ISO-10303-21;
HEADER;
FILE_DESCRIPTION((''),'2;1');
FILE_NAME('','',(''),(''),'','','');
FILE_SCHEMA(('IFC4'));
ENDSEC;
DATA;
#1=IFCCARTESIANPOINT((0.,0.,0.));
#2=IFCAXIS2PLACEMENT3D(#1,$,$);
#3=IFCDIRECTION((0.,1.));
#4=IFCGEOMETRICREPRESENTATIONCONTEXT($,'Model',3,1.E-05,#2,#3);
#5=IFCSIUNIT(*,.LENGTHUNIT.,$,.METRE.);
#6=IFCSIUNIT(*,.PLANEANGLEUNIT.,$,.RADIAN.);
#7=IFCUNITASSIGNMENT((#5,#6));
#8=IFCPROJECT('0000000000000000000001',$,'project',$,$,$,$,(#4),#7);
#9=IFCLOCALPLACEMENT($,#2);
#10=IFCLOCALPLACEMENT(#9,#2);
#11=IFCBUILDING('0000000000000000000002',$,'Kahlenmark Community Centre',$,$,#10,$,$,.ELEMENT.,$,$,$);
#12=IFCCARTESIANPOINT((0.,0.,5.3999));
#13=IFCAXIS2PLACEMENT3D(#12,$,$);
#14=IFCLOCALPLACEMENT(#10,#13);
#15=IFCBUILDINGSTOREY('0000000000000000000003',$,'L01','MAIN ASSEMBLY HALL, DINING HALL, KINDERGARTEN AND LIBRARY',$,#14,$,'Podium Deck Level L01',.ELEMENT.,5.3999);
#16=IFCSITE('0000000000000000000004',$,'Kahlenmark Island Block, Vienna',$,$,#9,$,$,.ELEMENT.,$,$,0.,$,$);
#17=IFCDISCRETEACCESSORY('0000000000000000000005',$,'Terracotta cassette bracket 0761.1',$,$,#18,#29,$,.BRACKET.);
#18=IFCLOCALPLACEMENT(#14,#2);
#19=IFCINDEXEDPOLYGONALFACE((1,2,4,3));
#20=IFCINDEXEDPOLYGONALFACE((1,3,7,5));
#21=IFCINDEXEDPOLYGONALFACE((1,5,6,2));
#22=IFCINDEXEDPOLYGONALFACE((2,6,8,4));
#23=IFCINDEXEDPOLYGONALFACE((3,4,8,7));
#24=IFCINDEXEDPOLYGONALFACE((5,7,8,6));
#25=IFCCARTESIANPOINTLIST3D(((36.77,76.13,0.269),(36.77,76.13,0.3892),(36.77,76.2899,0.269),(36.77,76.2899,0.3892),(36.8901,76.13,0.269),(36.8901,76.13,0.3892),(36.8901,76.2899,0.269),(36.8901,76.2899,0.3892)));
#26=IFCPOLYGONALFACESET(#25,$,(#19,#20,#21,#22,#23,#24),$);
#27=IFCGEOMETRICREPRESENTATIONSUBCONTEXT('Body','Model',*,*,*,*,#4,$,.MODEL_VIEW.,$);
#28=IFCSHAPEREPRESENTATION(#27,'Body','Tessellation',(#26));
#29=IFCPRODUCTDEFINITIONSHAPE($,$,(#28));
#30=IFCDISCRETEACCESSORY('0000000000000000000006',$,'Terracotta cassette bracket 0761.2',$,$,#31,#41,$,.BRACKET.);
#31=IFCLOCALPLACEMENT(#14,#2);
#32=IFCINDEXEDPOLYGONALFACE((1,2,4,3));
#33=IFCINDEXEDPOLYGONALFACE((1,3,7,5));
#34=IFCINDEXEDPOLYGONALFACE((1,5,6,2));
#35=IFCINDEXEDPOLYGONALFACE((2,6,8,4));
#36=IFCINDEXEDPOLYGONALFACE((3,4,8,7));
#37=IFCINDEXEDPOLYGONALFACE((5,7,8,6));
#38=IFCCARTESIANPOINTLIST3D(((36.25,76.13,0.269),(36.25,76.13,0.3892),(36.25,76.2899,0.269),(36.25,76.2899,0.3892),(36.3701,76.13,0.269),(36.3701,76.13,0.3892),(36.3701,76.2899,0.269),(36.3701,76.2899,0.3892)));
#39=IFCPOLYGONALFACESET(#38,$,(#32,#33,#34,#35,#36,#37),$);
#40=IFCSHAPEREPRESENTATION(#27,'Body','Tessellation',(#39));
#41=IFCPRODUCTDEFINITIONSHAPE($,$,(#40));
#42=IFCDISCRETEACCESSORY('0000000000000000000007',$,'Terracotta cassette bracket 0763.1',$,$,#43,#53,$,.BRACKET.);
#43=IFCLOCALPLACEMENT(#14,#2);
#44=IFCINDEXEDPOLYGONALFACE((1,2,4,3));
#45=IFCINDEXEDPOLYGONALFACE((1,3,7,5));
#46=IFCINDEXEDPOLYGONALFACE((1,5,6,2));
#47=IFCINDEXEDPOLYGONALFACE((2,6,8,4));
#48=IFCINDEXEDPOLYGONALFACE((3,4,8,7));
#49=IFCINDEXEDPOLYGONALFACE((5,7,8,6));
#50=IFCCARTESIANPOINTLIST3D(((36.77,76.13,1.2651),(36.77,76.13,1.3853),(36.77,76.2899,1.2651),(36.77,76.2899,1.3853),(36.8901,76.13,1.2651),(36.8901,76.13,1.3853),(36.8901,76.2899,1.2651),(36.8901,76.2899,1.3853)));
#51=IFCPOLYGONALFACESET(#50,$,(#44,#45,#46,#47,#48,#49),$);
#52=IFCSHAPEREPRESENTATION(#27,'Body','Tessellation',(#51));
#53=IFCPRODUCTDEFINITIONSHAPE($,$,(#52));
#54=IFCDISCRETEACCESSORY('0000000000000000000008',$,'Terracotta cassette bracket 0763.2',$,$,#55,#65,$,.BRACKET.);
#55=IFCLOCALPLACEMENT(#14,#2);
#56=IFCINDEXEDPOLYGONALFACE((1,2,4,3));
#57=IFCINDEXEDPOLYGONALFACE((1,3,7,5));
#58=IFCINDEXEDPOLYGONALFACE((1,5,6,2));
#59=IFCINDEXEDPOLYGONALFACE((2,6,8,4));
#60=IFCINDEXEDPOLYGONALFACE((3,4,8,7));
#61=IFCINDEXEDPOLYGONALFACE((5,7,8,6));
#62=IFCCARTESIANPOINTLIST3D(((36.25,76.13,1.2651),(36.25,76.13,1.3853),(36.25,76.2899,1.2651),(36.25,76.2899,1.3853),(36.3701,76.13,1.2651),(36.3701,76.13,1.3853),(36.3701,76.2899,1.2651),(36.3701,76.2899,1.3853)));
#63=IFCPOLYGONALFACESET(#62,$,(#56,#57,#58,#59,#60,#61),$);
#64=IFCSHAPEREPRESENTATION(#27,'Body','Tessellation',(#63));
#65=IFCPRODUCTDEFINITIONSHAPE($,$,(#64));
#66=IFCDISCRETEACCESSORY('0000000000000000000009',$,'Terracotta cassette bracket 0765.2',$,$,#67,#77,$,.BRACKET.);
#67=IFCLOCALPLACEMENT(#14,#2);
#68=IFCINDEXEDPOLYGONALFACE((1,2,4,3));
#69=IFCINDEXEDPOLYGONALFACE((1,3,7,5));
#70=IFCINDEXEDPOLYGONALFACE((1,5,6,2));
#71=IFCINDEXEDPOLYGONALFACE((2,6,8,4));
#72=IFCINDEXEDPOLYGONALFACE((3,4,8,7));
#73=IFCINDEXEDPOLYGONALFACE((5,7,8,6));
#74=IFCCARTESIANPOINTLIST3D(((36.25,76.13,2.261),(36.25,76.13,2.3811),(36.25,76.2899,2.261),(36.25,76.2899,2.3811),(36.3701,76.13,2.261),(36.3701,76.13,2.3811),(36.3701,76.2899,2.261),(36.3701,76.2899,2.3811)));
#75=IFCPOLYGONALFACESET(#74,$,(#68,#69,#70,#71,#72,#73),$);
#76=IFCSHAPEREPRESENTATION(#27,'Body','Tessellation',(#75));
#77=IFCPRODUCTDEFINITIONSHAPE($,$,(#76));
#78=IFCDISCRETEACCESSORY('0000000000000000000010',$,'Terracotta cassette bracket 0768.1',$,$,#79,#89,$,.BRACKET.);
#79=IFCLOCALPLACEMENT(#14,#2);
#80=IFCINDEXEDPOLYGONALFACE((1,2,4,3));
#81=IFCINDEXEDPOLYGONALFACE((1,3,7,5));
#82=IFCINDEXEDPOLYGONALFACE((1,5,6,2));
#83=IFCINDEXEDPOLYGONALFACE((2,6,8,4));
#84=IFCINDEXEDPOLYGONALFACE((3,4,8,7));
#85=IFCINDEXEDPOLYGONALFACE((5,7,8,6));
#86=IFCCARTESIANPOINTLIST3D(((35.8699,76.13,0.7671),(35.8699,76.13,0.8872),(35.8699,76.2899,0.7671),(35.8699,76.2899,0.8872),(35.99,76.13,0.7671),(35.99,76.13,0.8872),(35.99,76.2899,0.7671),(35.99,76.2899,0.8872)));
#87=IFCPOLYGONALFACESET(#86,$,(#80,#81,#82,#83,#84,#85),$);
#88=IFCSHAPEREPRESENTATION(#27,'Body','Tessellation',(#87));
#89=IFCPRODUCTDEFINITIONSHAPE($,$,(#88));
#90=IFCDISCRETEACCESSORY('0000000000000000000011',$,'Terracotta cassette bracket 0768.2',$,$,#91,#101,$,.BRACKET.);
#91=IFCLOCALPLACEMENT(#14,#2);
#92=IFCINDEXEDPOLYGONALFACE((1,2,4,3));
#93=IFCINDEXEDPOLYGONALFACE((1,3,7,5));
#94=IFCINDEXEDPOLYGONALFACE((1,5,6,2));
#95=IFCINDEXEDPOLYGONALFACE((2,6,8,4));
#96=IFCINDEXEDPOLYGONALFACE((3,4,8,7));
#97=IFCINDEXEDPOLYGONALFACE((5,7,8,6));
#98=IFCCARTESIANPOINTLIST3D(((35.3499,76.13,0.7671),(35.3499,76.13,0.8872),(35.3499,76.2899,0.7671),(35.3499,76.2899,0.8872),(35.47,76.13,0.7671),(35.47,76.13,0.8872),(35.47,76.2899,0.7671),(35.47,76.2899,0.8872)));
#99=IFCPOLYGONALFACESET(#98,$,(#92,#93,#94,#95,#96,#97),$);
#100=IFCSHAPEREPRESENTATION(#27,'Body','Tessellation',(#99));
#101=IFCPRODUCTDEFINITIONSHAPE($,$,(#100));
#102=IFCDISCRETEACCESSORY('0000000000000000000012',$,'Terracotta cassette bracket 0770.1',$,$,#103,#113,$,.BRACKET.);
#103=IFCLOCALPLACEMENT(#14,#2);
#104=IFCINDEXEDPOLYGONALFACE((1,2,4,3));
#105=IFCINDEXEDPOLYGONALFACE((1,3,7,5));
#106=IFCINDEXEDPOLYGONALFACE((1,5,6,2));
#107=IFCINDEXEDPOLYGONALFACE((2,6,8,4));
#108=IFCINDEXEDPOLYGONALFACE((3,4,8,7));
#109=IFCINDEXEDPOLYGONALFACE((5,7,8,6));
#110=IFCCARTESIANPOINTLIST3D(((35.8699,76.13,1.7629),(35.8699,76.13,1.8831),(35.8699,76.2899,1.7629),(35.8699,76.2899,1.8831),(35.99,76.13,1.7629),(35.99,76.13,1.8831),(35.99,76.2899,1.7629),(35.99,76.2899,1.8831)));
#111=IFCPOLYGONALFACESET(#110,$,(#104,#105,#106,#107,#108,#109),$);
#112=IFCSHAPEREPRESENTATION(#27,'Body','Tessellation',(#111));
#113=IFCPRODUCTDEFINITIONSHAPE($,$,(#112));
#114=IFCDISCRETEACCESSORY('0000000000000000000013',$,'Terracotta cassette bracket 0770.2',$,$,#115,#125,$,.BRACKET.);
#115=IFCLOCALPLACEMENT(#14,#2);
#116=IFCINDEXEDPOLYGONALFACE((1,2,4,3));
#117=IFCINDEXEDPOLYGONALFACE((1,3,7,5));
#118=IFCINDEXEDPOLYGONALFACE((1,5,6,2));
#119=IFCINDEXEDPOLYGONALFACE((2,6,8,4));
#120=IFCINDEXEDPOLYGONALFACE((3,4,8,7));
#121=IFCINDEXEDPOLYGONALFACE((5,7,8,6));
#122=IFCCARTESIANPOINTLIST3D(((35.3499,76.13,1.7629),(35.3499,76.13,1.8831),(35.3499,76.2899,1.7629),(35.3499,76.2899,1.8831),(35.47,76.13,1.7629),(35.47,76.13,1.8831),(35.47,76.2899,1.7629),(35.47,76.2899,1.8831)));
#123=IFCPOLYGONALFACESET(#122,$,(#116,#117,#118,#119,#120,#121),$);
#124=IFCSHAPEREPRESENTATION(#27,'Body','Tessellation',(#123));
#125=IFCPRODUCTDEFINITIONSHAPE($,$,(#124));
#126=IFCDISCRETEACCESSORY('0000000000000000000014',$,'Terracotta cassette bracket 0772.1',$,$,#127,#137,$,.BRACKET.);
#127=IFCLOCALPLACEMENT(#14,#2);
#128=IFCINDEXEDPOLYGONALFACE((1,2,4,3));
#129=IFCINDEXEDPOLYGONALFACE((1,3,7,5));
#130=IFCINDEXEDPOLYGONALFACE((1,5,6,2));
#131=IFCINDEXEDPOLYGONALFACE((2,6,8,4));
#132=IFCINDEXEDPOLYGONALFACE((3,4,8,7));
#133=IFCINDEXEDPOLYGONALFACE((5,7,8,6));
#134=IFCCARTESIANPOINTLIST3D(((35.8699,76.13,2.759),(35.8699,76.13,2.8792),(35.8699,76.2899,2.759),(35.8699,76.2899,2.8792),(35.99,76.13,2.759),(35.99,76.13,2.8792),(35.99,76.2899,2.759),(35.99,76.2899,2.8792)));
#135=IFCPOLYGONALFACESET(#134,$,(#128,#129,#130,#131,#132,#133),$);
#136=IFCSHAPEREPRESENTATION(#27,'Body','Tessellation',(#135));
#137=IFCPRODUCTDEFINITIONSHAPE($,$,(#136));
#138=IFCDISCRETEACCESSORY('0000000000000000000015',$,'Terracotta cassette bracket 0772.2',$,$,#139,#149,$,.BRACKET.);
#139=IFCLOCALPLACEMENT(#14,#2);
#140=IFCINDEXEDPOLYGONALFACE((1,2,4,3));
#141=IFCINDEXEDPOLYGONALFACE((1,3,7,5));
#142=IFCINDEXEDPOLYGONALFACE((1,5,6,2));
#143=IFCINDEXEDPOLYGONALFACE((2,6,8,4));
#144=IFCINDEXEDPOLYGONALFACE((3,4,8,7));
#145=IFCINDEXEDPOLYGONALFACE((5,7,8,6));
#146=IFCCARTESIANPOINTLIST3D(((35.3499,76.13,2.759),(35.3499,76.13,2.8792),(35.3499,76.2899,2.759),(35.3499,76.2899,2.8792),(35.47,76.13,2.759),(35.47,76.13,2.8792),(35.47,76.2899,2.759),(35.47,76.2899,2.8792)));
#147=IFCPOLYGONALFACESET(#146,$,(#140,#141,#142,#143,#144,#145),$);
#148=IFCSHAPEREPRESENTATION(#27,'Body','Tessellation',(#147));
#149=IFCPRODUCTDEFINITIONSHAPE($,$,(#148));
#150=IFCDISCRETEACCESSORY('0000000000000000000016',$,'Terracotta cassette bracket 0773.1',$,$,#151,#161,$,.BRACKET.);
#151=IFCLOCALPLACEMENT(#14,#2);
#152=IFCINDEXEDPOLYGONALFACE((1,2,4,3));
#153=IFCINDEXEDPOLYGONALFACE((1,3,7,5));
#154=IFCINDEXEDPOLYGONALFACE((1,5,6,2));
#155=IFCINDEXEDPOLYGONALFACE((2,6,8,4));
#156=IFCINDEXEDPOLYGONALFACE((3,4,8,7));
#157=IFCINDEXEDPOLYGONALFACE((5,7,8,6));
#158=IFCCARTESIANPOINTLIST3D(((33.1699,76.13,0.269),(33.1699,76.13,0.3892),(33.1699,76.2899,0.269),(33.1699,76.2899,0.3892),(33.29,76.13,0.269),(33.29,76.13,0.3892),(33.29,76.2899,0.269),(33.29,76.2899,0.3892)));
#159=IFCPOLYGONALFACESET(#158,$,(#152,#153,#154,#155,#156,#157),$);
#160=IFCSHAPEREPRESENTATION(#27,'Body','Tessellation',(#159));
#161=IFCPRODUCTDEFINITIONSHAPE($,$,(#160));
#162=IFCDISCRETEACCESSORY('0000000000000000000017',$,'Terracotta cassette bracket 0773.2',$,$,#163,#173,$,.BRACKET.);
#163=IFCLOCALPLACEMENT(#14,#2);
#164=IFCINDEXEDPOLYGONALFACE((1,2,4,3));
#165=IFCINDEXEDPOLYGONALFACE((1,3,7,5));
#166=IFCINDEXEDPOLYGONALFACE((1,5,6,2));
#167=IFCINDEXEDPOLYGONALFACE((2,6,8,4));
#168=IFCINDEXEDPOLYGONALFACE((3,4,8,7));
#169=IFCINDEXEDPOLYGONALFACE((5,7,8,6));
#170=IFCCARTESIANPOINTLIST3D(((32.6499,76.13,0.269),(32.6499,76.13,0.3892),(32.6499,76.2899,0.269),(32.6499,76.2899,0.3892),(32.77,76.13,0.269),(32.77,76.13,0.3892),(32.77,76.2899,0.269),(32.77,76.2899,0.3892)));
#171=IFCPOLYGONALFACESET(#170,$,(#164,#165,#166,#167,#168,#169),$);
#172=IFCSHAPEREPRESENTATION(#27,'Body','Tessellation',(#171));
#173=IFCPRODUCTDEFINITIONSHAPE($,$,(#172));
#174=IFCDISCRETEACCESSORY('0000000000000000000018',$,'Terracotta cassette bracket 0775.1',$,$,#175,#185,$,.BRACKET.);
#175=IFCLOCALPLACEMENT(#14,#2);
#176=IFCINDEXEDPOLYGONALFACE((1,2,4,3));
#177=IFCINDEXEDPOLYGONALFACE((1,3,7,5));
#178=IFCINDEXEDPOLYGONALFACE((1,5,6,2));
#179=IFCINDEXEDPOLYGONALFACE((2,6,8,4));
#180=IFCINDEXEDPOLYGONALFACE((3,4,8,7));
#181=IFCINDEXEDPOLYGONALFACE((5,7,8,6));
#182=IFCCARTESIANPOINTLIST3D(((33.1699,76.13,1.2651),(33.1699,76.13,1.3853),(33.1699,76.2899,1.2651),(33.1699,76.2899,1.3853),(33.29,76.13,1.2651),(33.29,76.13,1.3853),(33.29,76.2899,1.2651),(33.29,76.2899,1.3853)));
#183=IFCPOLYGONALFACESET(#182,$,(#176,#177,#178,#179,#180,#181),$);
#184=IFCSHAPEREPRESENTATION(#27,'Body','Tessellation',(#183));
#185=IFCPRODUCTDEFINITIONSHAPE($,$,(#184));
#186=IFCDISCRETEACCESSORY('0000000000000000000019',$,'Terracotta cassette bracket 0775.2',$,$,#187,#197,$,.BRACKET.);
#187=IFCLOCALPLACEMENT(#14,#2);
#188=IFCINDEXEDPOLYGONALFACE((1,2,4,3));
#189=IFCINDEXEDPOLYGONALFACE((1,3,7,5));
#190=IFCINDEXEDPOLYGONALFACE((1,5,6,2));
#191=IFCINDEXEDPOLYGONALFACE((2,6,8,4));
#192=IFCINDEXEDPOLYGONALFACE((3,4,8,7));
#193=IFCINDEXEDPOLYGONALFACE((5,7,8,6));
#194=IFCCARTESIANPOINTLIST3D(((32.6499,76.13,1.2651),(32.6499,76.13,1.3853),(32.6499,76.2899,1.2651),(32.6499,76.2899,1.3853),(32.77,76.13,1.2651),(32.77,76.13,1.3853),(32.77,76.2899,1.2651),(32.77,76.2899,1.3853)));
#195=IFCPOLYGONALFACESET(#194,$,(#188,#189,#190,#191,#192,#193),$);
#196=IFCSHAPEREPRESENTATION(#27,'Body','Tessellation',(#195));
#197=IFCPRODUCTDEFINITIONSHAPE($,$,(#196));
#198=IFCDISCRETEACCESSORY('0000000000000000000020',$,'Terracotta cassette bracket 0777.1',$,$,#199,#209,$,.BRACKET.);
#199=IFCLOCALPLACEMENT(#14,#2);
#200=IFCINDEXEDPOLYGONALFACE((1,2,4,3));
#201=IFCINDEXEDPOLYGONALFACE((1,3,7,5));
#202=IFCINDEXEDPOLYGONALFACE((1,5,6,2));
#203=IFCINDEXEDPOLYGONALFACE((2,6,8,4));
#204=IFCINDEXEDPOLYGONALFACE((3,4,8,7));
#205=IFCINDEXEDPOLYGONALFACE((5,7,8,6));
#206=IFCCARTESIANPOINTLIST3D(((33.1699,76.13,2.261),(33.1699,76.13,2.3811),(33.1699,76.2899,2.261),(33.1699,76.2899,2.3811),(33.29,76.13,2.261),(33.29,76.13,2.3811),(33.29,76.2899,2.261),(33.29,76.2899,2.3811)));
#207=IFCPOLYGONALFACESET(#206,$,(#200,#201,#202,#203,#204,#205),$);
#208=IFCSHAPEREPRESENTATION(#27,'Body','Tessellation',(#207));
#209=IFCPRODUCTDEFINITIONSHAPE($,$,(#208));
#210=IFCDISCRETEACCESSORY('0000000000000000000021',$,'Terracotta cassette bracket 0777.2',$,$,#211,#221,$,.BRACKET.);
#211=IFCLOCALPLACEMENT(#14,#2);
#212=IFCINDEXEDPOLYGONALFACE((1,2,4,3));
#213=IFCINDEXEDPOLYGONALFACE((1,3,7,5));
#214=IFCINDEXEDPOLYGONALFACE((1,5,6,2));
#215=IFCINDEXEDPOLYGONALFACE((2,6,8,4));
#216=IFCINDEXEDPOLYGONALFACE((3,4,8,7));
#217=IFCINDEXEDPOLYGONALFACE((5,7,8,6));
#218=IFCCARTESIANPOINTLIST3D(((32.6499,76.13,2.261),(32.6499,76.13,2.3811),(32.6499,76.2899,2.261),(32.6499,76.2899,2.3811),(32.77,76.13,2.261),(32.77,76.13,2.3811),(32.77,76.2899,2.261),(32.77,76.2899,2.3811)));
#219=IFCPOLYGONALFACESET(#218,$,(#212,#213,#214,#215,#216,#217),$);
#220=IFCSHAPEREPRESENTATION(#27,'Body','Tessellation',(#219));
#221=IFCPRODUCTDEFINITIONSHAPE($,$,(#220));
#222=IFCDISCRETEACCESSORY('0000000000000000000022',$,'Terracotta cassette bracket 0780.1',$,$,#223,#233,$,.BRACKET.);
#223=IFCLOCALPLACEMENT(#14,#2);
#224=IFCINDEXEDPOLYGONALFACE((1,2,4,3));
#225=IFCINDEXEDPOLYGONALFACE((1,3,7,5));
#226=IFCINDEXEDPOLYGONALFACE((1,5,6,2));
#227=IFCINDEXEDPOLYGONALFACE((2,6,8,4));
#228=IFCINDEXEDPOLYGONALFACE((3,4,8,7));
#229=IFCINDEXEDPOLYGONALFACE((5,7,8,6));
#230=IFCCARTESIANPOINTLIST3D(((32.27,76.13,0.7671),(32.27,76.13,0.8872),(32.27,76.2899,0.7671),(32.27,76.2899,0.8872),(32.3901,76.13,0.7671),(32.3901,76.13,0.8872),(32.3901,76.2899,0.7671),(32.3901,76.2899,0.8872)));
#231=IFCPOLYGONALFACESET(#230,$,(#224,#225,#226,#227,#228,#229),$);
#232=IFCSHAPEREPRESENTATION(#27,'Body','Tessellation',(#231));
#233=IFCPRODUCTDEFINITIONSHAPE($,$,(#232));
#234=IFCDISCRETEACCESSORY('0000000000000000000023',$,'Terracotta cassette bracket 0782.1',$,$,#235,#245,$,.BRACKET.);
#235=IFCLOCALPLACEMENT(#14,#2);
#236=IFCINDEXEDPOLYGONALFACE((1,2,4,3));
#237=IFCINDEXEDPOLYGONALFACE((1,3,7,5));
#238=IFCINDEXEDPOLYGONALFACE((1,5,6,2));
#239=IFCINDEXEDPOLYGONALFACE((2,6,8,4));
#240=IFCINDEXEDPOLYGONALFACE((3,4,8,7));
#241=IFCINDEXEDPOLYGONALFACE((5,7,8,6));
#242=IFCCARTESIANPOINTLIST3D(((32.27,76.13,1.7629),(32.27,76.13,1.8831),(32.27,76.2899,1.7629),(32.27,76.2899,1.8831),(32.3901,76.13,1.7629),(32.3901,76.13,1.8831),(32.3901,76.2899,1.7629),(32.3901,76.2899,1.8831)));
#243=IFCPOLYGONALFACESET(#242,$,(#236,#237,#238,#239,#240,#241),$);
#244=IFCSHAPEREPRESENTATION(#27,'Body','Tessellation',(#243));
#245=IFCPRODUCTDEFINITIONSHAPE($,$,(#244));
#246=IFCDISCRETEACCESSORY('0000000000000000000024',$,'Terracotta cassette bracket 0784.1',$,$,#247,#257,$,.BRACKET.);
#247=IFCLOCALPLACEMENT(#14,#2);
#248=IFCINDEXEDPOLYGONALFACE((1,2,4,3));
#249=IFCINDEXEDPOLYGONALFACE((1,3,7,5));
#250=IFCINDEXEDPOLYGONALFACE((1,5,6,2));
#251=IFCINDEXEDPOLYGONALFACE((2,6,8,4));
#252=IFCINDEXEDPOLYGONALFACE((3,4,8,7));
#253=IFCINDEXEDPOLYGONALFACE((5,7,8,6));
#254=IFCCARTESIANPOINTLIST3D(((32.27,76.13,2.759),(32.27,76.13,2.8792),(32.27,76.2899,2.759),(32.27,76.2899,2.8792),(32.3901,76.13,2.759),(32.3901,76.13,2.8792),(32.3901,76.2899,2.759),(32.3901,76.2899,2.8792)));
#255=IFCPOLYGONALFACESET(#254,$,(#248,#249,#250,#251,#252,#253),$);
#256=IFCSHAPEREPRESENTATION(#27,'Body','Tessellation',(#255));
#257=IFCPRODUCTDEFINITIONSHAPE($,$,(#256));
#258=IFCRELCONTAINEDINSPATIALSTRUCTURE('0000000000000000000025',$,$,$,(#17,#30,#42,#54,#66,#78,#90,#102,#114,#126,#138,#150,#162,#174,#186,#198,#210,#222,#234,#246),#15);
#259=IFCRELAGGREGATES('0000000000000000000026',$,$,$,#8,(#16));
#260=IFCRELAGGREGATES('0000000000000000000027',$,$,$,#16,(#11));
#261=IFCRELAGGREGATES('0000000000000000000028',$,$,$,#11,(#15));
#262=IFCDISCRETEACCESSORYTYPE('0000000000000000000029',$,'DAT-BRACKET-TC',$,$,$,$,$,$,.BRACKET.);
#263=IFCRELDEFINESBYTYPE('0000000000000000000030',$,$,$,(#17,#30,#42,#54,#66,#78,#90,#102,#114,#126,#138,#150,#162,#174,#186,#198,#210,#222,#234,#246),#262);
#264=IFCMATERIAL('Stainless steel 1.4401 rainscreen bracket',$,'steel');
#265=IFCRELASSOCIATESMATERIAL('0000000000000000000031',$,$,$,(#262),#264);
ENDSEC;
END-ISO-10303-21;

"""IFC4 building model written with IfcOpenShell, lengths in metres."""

from ifc_helpers import new_model, si_unit, direction, frame, origin, origin_2d, place, context, subcontext, project, spatial, rectangle, extrude, material, type_object, element, save


model = new_model("IFC4")

# Units and contexts
model_context = context("Model", 3, precision=1e-05, world=origin(), true_north=direction((0.0, 1.0)))
body_context = subcontext(model_context, "Body", "Model", "MODEL_VIEW")
ifc_project = project(units=[si_unit("LENGTHUNIT", "METRE"), si_unit("PLANEANGLEUNIT", "RADIAN")], contexts=[model_context])

# Site, building, storey
site_placement = place(None, origin())
site = spatial("IfcSite", under=ifc_project, at=site_placement, Name="Kahlenmark Island Block, Vienna", CompositionType="ELEMENT", RefElevation=0.0)
building_placement = place(site_placement, origin())
building = spatial("IfcBuilding", under=site, at=building_placement, Name="Kahlenmark Community Centre", CompositionType="ELEMENT")
storey_placement = place(building_placement, frame((0.0, 0.0, 5.3999)))
storey = spatial("IfcBuildingStorey", under=building, at=storey_placement, Name="L01", Description="MAIN ASSEMBLY HALL, DINING HALL, KINDERGARTEN AND LIBRARY", LongName="Podium Deck Level L01", CompositionType="ELEMENT", Elevation=5.3999)

# Discrete accessories
ifc_material = material(Name="Stainless steel 1.4401 rainscreen bracket", Category="steel")
discrete_accessory_type = type_object("IfcDiscreteAccessoryType", Name="DAT-BRACKET-TC", PredefinedType="BRACKET", material=ifc_material)
for number, where, z_axis, x_axis, name in (
    (1, (36.8301, 76.21, 0.269), (0.0, 0.0, 1.0), (-1.0, 0.0, 0.0), "Terracotta cassette bracket 0761.1"),
    (2, (36.3101, 76.21, 0.269), (0.0, 0.0, 1.0), (-1.0, 0.0, 0.0), "Terracotta cassette bracket 0761.2"),
    (3, (36.8301, 76.21, 1.2651), (0.0, 0.0, 1.0), (-1.0, 0.0, 0.0), "Terracotta cassette bracket 0763.1"),
    (4, (36.3101, 76.21, 1.2651), (0.0, 0.0, 1.0), (-1.0, 0.0, 0.0), "Terracotta cassette bracket 0763.2"),
    (5, (36.3101, 76.21, 2.261), (0.0, 0.0, 1.0), (-1.0, 0.0, 0.0), "Terracotta cassette bracket 0765.2"),
    (6, (35.9299, 76.21, 0.7671), (0.0, 0.0, 1.0), (-1.0, 0.0, 0.0), "Terracotta cassette bracket 0768.1"),
    (7, (35.4099, 76.21, 0.7671), (0.0, 0.0, 1.0), (-1.0, 0.0, 0.0), "Terracotta cassette bracket 0768.2"),
    (8, (35.9299, 76.21, 1.7629), (0.0, 0.0, 1.0), (-1.0, 0.0, 0.0), "Terracotta cassette bracket 0770.1"),
    (9, (35.4099, 76.21, 1.7629), (0.0, 0.0, 1.0), (-1.0, 0.0, 0.0), "Terracotta cassette bracket 0770.2"),
    (10, (35.9299, 76.21, 2.759), (0.0, 0.0, 1.0), (-1.0, 0.0, 0.0), "Terracotta cassette bracket 0772.1"),
    (11, (35.4099, 76.21, 2.759), (0.0, 0.0, 1.0), (-1.0, 0.0, 0.0), "Terracotta cassette bracket 0772.2"),
    (12, (33.23, 76.21, 0.269), (0.0, 0.0, 1.0), (-1.0, 0.0, 0.0), "Terracotta cassette bracket 0773.1"),
    (13, (32.71, 76.21, 0.269), (0.0, 0.0, 1.0), (-1.0, 0.0, 0.0), "Terracotta cassette bracket 0773.2"),
    (14, (33.23, 76.21, 1.2651), (0.0, 0.0, 1.0), (-1.0, 0.0, 0.0), "Terracotta cassette bracket 0775.1"),
    (15, (32.71, 76.21, 1.2651), (0.0, 0.0, 1.0), (-1.0, 0.0, 0.0), "Terracotta cassette bracket 0775.2"),
    (16, (33.23, 76.21, 2.261), (0.0, 0.0, 1.0), (-1.0, 0.0, 0.0), "Terracotta cassette bracket 0777.1"),
    (17, (32.71, 76.21, 2.261), (0.0, 0.0, 1.0), (-1.0, 0.0, 0.0), "Terracotta cassette bracket 0777.2"),
    (18, (32.3301, 76.21, 0.7671), (0.0, 0.0, 1.0), (-1.0, 0.0, 0.0), "Terracotta cassette bracket 0780.1"),
    (19, (32.3301, 76.21, 1.7629), (0.0, 0.0, 1.0), (-1.0, 0.0, 0.0), "Terracotta cassette bracket 0782.1"),
    (20, (32.3301, 76.21, 2.759), (0.0, 0.0, 1.0), (-1.0, 0.0, 0.0), "Terracotta cassette bracket 0784.1"),
):
    element("IfcDiscreteAccessory", number, at=place(storey_placement, frame(where, z_axis=z_axis, x_axis=x_axis)), inside=storey, type_object=discrete_accessory_type, Name=name, PredefinedType="BRACKET", context=body_context, shape_type="SweptSolid", body=[
        extrude(rectangle(XDim=0.1201, YDim=0.1599, at=origin_2d()), origin(), (0.0, 0.0, 1.0), 0.1201),
    ])

save(model, "model.ifc")
